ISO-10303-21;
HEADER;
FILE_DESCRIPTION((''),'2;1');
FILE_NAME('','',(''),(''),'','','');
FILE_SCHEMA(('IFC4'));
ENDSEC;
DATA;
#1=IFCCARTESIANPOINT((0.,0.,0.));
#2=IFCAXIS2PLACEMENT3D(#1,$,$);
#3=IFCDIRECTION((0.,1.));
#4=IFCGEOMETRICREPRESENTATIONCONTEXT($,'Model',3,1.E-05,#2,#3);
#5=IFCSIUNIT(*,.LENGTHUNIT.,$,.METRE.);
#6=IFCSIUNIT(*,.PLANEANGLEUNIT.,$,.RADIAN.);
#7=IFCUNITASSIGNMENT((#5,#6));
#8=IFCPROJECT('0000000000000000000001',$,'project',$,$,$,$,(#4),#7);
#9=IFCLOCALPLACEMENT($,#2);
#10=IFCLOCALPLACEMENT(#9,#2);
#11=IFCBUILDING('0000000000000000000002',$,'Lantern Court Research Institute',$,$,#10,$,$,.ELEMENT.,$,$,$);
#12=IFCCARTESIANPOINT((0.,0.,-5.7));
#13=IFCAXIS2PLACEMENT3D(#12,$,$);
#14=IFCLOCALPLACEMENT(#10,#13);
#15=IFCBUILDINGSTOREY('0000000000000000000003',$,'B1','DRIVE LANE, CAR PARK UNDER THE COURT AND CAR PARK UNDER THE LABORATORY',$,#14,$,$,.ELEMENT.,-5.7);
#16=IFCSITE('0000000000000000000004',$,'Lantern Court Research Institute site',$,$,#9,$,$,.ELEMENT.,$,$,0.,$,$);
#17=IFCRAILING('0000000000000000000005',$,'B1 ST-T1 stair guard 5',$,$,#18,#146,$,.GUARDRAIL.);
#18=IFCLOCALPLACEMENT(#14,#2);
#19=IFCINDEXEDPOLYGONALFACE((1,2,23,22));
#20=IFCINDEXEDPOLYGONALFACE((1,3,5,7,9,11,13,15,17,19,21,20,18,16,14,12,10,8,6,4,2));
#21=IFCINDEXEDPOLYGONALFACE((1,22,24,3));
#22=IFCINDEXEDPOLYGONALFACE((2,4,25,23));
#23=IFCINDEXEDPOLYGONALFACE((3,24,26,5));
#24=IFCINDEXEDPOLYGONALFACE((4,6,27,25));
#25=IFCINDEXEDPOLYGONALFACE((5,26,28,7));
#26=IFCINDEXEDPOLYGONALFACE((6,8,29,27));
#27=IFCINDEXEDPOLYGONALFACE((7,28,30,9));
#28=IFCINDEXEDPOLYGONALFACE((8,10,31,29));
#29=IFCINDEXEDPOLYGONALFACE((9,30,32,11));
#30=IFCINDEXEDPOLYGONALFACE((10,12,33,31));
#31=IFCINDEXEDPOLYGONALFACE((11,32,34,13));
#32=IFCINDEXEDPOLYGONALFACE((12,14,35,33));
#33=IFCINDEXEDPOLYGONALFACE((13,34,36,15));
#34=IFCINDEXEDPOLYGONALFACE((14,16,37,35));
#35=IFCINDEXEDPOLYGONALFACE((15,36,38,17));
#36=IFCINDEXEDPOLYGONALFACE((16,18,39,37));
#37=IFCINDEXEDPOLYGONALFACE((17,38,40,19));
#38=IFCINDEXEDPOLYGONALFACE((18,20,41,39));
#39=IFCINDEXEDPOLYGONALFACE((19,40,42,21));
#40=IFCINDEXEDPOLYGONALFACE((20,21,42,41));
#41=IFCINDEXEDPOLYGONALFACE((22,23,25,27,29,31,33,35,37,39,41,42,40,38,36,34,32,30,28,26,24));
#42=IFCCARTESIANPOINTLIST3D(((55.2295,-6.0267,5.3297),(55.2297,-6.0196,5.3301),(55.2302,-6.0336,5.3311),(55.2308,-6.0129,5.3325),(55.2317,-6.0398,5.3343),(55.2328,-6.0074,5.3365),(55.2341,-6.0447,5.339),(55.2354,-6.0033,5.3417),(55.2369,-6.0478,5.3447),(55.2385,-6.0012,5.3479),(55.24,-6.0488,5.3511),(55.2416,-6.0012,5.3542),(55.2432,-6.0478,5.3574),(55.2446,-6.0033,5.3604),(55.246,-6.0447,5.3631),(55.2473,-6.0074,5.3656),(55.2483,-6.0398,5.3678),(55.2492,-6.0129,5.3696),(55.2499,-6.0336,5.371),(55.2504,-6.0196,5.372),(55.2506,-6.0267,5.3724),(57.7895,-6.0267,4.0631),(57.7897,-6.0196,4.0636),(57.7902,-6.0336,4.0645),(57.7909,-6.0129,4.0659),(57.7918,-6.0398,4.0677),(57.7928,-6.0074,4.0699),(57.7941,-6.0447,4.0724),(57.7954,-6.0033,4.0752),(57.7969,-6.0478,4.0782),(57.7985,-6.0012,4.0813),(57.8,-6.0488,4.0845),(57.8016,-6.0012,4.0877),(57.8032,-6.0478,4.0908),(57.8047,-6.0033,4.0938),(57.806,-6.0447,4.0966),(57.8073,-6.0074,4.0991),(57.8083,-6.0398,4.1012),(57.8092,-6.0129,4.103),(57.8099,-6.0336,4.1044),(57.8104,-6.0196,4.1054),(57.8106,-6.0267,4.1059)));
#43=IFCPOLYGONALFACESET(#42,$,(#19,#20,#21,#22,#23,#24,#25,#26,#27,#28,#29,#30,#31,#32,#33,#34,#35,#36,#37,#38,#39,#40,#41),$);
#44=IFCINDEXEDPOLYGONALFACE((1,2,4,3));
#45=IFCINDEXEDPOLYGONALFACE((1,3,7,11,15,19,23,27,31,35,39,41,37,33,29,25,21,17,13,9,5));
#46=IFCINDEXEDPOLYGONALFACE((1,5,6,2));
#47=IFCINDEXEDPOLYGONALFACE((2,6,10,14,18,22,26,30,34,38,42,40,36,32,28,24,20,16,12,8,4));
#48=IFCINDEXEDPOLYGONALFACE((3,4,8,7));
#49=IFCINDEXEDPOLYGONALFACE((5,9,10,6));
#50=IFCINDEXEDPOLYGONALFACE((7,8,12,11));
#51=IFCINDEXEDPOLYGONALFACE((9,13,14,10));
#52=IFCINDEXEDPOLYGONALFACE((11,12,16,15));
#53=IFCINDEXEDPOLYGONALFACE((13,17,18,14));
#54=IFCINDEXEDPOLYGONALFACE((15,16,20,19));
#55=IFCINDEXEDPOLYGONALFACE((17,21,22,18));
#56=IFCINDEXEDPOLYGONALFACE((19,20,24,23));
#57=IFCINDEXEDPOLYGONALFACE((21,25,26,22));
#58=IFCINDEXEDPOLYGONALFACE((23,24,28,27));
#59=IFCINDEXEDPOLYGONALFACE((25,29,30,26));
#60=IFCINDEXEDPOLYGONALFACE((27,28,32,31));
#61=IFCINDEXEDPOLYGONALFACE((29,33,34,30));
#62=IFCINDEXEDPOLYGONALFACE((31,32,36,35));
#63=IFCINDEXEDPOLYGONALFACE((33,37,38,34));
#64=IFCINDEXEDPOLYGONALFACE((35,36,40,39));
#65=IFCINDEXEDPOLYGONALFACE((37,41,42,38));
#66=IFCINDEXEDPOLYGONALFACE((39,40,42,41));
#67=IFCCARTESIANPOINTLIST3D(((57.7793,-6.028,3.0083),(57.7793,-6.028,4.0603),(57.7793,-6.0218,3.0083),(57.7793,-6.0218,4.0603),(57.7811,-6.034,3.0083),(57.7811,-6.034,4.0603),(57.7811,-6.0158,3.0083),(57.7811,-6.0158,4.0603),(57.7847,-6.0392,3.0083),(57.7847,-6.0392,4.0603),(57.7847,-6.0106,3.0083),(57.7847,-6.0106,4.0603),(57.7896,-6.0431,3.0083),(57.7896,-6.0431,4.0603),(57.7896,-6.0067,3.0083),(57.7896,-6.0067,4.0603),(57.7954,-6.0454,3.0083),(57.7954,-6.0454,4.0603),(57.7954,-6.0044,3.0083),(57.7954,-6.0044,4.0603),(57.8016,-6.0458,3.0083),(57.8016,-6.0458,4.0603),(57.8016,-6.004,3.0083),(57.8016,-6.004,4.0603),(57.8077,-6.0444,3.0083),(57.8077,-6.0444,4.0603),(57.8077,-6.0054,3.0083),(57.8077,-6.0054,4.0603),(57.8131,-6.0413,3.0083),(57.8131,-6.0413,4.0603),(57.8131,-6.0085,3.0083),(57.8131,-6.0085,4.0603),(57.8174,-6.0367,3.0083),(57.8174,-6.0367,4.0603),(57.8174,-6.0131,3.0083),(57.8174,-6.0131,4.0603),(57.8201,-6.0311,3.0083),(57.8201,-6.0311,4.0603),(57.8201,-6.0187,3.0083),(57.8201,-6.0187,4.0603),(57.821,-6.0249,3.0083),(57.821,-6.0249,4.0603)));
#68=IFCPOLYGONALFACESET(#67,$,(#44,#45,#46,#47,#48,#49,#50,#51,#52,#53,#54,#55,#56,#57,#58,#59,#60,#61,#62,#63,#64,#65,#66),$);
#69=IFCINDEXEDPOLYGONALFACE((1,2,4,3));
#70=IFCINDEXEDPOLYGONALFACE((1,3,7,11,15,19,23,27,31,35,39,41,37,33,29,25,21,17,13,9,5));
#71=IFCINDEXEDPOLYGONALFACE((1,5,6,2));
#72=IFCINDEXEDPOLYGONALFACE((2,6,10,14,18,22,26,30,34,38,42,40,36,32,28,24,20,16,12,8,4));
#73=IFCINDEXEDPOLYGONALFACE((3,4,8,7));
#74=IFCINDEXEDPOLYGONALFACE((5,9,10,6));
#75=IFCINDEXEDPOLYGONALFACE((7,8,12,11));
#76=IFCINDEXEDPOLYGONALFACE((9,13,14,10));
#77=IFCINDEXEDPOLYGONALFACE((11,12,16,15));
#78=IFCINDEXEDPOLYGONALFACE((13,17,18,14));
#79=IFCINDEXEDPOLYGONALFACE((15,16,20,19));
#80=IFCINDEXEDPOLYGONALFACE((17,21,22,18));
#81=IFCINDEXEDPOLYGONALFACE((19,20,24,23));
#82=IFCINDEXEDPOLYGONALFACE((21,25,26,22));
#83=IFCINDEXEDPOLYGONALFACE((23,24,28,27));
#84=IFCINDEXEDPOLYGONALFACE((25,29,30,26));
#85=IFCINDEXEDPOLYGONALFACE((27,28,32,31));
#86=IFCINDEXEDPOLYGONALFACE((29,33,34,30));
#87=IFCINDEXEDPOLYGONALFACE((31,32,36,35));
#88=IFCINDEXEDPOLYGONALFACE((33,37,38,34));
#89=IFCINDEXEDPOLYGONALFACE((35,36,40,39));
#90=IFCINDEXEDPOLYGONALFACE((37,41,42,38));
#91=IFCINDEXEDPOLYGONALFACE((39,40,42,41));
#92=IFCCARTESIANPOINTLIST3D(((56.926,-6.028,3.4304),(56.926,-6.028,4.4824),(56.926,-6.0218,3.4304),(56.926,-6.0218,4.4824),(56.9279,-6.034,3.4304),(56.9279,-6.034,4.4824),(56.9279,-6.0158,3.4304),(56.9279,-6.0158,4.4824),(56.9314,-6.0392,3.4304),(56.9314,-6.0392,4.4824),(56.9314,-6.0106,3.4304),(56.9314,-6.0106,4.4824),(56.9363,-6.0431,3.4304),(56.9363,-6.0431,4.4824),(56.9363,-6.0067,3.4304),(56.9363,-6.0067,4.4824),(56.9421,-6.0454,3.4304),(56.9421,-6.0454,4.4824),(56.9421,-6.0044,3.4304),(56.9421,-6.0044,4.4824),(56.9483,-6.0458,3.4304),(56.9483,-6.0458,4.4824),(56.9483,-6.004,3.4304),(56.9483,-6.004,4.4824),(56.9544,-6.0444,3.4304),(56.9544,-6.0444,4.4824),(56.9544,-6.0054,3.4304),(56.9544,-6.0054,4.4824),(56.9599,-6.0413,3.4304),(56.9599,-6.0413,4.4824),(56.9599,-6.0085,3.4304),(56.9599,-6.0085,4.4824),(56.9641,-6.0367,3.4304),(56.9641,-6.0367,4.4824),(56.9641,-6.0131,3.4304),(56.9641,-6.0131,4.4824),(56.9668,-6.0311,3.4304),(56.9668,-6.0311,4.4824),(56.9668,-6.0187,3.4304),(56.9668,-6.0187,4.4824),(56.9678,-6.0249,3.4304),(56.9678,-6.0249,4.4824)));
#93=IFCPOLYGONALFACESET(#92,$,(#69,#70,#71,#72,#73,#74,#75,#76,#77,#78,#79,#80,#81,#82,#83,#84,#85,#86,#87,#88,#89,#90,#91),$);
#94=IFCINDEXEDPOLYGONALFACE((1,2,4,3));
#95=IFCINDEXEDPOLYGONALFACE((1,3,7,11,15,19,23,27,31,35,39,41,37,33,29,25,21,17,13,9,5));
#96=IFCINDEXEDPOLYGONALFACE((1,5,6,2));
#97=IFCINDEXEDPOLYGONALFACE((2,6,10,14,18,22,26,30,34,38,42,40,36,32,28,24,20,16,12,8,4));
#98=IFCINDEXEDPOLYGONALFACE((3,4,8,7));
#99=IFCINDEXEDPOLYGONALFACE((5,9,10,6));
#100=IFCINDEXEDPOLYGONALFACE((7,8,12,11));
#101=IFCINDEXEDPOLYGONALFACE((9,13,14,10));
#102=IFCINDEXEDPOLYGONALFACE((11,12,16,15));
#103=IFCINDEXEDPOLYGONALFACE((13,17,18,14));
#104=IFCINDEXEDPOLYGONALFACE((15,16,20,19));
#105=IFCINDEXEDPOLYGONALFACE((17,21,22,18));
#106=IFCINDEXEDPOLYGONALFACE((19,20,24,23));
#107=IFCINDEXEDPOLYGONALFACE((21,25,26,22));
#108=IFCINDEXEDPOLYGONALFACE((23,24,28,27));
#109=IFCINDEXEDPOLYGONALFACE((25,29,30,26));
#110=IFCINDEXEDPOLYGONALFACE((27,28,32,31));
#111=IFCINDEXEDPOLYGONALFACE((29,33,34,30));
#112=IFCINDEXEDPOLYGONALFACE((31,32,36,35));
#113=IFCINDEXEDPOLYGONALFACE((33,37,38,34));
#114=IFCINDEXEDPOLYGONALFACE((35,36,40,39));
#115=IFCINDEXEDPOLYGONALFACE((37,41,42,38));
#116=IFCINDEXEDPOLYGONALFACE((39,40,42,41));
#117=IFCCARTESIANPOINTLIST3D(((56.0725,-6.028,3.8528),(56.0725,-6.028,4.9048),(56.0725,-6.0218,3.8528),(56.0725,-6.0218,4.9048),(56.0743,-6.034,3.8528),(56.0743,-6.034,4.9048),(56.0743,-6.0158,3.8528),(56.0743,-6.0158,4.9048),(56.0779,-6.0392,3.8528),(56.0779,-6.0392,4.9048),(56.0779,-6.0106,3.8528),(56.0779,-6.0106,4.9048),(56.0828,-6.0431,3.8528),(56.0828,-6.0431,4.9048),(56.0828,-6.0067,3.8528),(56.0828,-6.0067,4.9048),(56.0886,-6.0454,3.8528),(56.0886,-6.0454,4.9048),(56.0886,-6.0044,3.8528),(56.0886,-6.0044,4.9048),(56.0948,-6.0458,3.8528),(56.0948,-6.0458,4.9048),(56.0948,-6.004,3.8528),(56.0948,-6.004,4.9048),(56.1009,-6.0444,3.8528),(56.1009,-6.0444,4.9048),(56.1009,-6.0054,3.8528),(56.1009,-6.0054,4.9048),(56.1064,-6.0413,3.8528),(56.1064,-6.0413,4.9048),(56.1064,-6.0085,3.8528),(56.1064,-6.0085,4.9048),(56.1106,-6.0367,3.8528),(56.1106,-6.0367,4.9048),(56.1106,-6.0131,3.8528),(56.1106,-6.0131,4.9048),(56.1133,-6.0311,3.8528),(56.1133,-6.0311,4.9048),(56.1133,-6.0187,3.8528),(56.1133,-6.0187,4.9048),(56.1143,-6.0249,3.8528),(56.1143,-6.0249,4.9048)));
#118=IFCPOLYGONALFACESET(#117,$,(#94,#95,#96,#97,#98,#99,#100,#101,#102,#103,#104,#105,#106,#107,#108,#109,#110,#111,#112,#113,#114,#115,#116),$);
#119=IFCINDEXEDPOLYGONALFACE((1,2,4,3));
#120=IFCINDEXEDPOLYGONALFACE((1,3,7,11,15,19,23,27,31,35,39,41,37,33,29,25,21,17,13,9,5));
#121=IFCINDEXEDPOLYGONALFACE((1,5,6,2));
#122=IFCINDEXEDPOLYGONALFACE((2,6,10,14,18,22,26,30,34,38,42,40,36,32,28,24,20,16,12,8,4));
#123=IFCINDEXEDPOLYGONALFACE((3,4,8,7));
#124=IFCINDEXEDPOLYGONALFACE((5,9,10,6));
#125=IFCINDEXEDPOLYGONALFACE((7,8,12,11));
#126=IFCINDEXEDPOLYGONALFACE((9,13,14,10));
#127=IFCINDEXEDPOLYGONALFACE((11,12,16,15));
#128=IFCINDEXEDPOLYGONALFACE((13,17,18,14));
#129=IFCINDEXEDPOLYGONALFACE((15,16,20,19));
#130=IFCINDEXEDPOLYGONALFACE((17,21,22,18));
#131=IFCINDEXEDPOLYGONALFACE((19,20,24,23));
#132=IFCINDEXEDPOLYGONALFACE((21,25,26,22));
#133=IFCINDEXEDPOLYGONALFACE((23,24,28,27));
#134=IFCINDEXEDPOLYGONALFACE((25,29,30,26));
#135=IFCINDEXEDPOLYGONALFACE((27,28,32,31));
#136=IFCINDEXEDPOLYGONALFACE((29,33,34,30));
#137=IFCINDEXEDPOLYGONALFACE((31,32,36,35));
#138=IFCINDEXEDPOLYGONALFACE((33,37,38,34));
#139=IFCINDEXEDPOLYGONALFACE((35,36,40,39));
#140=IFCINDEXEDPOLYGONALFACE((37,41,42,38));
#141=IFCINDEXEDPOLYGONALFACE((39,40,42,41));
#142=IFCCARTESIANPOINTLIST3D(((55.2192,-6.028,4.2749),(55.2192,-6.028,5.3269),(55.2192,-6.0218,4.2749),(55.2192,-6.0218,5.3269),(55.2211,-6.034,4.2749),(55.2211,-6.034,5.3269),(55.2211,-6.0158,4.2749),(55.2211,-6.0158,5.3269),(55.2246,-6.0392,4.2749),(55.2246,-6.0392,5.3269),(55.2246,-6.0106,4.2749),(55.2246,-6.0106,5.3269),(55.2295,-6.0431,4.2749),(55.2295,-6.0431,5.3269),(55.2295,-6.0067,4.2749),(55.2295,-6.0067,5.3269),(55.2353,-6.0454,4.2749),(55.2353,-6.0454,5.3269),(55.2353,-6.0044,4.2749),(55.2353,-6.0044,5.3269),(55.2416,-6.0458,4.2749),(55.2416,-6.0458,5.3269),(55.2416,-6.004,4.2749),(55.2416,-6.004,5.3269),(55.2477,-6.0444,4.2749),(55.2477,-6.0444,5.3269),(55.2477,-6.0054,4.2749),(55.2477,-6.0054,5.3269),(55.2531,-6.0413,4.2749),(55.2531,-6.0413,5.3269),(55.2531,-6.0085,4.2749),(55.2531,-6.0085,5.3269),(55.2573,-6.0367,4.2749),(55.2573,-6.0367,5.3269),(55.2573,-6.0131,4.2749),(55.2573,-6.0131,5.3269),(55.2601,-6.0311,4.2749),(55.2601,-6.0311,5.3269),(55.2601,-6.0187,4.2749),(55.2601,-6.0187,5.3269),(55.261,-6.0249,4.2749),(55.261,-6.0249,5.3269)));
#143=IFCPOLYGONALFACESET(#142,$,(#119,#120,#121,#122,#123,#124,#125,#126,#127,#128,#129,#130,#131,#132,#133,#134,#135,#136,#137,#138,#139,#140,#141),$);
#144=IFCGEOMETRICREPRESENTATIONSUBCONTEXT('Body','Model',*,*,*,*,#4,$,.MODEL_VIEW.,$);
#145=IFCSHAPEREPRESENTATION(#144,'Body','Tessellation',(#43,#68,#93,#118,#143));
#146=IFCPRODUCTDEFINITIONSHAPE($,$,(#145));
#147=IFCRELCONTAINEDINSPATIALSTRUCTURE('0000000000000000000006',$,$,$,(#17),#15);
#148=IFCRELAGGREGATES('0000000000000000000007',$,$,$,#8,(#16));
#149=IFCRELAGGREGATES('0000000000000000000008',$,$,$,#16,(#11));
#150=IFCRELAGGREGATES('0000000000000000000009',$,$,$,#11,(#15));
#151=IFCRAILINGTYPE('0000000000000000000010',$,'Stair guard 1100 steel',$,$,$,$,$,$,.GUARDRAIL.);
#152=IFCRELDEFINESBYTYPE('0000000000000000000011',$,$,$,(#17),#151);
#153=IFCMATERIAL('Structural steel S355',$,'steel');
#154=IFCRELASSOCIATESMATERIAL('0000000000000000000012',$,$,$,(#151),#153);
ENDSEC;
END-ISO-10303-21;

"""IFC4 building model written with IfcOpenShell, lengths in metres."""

from ifc_helpers import new_model, si_unit, direction, frame, origin, origin_2d, place, context, subcontext, project, spatial, circle, extrude, material, type_object, element, save


model = new_model("IFC4")

# Units and contexts
model_context = context("Model", 3, precision=1e-05, world=origin(), true_north=direction((0.0, 1.0)))
body_context = subcontext(model_context, "Body", "Model", "MODEL_VIEW")
ifc_project = project(units=[si_unit("LENGTHUNIT", "METRE"), si_unit("PLANEANGLEUNIT", "RADIAN")], contexts=[model_context])

# Site, building, storey
site_placement = place(None, origin())
site = spatial("IfcSite", under=ifc_project, at=site_placement, Name="Lantern Court Research Institute site", CompositionType="ELEMENT", RefElevation=0.0)
building_placement = place(site_placement, origin())
building = spatial("IfcBuilding", under=site, at=building_placement, Name="Lantern Court Research Institute", CompositionType="ELEMENT")
storey_placement = place(building_placement, frame((0.0, 0.0, -5.7)))
storey = spatial("IfcBuildingStorey", under=building, at=storey_placement, Name="B1", Description="DRIVE LANE, CAR PARK UNDER THE COURT AND CAR PARK UNDER THE LABORATORY", CompositionType="ELEMENT", Elevation=-5.7)

# Railing
ifc_material_1 = material(Name="Structural steel S355", Category="steel")
railing_type_1 = type_object("IfcRailingType", Name="Stair guard 1100 steel", PredefinedType="GUARDRAIL", material=ifc_material_1)
railing_1_placement = place(storey_placement, frame((57.8, -6.0249, 3.0083)))
element("IfcRailing", 1, at=railing_1_placement, inside=storey, type_object=railing_type_1, Name="B1 ST-T1 stair guard 5", PredefinedType="GUARDRAIL", context=body_context, shape_type="SweptSolid", body=[
    extrude(circle(Radius=0.0239, at=origin_2d()), frame((0.0, 0.0, 1.0762), z_axis=(-0.8963, 0.0, 0.443449), x_axis=(0.0, -1.0, 0.0)), (0.0, 0.0, 1.0), 2.8562),
    extrude(circle(Radius=0.021, at=origin_2d()), origin(), (0.0, 0.0, 1.0), 1.052),
    extrude(circle(Radius=0.021, at=origin_2d()), frame((-0.8533, 0.0, 0.4221)), (0.0, 0.0, 1.0), 1.052),
    extrude(circle(Radius=0.021, at=origin_2d()), frame((-1.7068, 0.0, 0.8445)), (0.0, 0.0, 1.0), 1.052),
    extrude(circle(Radius=0.021, at=origin_2d()), frame((-2.5601, 0.0, 1.2666)), (0.0, 0.0, 1.0), 1.052),
])

save(model, "model.ifc")
